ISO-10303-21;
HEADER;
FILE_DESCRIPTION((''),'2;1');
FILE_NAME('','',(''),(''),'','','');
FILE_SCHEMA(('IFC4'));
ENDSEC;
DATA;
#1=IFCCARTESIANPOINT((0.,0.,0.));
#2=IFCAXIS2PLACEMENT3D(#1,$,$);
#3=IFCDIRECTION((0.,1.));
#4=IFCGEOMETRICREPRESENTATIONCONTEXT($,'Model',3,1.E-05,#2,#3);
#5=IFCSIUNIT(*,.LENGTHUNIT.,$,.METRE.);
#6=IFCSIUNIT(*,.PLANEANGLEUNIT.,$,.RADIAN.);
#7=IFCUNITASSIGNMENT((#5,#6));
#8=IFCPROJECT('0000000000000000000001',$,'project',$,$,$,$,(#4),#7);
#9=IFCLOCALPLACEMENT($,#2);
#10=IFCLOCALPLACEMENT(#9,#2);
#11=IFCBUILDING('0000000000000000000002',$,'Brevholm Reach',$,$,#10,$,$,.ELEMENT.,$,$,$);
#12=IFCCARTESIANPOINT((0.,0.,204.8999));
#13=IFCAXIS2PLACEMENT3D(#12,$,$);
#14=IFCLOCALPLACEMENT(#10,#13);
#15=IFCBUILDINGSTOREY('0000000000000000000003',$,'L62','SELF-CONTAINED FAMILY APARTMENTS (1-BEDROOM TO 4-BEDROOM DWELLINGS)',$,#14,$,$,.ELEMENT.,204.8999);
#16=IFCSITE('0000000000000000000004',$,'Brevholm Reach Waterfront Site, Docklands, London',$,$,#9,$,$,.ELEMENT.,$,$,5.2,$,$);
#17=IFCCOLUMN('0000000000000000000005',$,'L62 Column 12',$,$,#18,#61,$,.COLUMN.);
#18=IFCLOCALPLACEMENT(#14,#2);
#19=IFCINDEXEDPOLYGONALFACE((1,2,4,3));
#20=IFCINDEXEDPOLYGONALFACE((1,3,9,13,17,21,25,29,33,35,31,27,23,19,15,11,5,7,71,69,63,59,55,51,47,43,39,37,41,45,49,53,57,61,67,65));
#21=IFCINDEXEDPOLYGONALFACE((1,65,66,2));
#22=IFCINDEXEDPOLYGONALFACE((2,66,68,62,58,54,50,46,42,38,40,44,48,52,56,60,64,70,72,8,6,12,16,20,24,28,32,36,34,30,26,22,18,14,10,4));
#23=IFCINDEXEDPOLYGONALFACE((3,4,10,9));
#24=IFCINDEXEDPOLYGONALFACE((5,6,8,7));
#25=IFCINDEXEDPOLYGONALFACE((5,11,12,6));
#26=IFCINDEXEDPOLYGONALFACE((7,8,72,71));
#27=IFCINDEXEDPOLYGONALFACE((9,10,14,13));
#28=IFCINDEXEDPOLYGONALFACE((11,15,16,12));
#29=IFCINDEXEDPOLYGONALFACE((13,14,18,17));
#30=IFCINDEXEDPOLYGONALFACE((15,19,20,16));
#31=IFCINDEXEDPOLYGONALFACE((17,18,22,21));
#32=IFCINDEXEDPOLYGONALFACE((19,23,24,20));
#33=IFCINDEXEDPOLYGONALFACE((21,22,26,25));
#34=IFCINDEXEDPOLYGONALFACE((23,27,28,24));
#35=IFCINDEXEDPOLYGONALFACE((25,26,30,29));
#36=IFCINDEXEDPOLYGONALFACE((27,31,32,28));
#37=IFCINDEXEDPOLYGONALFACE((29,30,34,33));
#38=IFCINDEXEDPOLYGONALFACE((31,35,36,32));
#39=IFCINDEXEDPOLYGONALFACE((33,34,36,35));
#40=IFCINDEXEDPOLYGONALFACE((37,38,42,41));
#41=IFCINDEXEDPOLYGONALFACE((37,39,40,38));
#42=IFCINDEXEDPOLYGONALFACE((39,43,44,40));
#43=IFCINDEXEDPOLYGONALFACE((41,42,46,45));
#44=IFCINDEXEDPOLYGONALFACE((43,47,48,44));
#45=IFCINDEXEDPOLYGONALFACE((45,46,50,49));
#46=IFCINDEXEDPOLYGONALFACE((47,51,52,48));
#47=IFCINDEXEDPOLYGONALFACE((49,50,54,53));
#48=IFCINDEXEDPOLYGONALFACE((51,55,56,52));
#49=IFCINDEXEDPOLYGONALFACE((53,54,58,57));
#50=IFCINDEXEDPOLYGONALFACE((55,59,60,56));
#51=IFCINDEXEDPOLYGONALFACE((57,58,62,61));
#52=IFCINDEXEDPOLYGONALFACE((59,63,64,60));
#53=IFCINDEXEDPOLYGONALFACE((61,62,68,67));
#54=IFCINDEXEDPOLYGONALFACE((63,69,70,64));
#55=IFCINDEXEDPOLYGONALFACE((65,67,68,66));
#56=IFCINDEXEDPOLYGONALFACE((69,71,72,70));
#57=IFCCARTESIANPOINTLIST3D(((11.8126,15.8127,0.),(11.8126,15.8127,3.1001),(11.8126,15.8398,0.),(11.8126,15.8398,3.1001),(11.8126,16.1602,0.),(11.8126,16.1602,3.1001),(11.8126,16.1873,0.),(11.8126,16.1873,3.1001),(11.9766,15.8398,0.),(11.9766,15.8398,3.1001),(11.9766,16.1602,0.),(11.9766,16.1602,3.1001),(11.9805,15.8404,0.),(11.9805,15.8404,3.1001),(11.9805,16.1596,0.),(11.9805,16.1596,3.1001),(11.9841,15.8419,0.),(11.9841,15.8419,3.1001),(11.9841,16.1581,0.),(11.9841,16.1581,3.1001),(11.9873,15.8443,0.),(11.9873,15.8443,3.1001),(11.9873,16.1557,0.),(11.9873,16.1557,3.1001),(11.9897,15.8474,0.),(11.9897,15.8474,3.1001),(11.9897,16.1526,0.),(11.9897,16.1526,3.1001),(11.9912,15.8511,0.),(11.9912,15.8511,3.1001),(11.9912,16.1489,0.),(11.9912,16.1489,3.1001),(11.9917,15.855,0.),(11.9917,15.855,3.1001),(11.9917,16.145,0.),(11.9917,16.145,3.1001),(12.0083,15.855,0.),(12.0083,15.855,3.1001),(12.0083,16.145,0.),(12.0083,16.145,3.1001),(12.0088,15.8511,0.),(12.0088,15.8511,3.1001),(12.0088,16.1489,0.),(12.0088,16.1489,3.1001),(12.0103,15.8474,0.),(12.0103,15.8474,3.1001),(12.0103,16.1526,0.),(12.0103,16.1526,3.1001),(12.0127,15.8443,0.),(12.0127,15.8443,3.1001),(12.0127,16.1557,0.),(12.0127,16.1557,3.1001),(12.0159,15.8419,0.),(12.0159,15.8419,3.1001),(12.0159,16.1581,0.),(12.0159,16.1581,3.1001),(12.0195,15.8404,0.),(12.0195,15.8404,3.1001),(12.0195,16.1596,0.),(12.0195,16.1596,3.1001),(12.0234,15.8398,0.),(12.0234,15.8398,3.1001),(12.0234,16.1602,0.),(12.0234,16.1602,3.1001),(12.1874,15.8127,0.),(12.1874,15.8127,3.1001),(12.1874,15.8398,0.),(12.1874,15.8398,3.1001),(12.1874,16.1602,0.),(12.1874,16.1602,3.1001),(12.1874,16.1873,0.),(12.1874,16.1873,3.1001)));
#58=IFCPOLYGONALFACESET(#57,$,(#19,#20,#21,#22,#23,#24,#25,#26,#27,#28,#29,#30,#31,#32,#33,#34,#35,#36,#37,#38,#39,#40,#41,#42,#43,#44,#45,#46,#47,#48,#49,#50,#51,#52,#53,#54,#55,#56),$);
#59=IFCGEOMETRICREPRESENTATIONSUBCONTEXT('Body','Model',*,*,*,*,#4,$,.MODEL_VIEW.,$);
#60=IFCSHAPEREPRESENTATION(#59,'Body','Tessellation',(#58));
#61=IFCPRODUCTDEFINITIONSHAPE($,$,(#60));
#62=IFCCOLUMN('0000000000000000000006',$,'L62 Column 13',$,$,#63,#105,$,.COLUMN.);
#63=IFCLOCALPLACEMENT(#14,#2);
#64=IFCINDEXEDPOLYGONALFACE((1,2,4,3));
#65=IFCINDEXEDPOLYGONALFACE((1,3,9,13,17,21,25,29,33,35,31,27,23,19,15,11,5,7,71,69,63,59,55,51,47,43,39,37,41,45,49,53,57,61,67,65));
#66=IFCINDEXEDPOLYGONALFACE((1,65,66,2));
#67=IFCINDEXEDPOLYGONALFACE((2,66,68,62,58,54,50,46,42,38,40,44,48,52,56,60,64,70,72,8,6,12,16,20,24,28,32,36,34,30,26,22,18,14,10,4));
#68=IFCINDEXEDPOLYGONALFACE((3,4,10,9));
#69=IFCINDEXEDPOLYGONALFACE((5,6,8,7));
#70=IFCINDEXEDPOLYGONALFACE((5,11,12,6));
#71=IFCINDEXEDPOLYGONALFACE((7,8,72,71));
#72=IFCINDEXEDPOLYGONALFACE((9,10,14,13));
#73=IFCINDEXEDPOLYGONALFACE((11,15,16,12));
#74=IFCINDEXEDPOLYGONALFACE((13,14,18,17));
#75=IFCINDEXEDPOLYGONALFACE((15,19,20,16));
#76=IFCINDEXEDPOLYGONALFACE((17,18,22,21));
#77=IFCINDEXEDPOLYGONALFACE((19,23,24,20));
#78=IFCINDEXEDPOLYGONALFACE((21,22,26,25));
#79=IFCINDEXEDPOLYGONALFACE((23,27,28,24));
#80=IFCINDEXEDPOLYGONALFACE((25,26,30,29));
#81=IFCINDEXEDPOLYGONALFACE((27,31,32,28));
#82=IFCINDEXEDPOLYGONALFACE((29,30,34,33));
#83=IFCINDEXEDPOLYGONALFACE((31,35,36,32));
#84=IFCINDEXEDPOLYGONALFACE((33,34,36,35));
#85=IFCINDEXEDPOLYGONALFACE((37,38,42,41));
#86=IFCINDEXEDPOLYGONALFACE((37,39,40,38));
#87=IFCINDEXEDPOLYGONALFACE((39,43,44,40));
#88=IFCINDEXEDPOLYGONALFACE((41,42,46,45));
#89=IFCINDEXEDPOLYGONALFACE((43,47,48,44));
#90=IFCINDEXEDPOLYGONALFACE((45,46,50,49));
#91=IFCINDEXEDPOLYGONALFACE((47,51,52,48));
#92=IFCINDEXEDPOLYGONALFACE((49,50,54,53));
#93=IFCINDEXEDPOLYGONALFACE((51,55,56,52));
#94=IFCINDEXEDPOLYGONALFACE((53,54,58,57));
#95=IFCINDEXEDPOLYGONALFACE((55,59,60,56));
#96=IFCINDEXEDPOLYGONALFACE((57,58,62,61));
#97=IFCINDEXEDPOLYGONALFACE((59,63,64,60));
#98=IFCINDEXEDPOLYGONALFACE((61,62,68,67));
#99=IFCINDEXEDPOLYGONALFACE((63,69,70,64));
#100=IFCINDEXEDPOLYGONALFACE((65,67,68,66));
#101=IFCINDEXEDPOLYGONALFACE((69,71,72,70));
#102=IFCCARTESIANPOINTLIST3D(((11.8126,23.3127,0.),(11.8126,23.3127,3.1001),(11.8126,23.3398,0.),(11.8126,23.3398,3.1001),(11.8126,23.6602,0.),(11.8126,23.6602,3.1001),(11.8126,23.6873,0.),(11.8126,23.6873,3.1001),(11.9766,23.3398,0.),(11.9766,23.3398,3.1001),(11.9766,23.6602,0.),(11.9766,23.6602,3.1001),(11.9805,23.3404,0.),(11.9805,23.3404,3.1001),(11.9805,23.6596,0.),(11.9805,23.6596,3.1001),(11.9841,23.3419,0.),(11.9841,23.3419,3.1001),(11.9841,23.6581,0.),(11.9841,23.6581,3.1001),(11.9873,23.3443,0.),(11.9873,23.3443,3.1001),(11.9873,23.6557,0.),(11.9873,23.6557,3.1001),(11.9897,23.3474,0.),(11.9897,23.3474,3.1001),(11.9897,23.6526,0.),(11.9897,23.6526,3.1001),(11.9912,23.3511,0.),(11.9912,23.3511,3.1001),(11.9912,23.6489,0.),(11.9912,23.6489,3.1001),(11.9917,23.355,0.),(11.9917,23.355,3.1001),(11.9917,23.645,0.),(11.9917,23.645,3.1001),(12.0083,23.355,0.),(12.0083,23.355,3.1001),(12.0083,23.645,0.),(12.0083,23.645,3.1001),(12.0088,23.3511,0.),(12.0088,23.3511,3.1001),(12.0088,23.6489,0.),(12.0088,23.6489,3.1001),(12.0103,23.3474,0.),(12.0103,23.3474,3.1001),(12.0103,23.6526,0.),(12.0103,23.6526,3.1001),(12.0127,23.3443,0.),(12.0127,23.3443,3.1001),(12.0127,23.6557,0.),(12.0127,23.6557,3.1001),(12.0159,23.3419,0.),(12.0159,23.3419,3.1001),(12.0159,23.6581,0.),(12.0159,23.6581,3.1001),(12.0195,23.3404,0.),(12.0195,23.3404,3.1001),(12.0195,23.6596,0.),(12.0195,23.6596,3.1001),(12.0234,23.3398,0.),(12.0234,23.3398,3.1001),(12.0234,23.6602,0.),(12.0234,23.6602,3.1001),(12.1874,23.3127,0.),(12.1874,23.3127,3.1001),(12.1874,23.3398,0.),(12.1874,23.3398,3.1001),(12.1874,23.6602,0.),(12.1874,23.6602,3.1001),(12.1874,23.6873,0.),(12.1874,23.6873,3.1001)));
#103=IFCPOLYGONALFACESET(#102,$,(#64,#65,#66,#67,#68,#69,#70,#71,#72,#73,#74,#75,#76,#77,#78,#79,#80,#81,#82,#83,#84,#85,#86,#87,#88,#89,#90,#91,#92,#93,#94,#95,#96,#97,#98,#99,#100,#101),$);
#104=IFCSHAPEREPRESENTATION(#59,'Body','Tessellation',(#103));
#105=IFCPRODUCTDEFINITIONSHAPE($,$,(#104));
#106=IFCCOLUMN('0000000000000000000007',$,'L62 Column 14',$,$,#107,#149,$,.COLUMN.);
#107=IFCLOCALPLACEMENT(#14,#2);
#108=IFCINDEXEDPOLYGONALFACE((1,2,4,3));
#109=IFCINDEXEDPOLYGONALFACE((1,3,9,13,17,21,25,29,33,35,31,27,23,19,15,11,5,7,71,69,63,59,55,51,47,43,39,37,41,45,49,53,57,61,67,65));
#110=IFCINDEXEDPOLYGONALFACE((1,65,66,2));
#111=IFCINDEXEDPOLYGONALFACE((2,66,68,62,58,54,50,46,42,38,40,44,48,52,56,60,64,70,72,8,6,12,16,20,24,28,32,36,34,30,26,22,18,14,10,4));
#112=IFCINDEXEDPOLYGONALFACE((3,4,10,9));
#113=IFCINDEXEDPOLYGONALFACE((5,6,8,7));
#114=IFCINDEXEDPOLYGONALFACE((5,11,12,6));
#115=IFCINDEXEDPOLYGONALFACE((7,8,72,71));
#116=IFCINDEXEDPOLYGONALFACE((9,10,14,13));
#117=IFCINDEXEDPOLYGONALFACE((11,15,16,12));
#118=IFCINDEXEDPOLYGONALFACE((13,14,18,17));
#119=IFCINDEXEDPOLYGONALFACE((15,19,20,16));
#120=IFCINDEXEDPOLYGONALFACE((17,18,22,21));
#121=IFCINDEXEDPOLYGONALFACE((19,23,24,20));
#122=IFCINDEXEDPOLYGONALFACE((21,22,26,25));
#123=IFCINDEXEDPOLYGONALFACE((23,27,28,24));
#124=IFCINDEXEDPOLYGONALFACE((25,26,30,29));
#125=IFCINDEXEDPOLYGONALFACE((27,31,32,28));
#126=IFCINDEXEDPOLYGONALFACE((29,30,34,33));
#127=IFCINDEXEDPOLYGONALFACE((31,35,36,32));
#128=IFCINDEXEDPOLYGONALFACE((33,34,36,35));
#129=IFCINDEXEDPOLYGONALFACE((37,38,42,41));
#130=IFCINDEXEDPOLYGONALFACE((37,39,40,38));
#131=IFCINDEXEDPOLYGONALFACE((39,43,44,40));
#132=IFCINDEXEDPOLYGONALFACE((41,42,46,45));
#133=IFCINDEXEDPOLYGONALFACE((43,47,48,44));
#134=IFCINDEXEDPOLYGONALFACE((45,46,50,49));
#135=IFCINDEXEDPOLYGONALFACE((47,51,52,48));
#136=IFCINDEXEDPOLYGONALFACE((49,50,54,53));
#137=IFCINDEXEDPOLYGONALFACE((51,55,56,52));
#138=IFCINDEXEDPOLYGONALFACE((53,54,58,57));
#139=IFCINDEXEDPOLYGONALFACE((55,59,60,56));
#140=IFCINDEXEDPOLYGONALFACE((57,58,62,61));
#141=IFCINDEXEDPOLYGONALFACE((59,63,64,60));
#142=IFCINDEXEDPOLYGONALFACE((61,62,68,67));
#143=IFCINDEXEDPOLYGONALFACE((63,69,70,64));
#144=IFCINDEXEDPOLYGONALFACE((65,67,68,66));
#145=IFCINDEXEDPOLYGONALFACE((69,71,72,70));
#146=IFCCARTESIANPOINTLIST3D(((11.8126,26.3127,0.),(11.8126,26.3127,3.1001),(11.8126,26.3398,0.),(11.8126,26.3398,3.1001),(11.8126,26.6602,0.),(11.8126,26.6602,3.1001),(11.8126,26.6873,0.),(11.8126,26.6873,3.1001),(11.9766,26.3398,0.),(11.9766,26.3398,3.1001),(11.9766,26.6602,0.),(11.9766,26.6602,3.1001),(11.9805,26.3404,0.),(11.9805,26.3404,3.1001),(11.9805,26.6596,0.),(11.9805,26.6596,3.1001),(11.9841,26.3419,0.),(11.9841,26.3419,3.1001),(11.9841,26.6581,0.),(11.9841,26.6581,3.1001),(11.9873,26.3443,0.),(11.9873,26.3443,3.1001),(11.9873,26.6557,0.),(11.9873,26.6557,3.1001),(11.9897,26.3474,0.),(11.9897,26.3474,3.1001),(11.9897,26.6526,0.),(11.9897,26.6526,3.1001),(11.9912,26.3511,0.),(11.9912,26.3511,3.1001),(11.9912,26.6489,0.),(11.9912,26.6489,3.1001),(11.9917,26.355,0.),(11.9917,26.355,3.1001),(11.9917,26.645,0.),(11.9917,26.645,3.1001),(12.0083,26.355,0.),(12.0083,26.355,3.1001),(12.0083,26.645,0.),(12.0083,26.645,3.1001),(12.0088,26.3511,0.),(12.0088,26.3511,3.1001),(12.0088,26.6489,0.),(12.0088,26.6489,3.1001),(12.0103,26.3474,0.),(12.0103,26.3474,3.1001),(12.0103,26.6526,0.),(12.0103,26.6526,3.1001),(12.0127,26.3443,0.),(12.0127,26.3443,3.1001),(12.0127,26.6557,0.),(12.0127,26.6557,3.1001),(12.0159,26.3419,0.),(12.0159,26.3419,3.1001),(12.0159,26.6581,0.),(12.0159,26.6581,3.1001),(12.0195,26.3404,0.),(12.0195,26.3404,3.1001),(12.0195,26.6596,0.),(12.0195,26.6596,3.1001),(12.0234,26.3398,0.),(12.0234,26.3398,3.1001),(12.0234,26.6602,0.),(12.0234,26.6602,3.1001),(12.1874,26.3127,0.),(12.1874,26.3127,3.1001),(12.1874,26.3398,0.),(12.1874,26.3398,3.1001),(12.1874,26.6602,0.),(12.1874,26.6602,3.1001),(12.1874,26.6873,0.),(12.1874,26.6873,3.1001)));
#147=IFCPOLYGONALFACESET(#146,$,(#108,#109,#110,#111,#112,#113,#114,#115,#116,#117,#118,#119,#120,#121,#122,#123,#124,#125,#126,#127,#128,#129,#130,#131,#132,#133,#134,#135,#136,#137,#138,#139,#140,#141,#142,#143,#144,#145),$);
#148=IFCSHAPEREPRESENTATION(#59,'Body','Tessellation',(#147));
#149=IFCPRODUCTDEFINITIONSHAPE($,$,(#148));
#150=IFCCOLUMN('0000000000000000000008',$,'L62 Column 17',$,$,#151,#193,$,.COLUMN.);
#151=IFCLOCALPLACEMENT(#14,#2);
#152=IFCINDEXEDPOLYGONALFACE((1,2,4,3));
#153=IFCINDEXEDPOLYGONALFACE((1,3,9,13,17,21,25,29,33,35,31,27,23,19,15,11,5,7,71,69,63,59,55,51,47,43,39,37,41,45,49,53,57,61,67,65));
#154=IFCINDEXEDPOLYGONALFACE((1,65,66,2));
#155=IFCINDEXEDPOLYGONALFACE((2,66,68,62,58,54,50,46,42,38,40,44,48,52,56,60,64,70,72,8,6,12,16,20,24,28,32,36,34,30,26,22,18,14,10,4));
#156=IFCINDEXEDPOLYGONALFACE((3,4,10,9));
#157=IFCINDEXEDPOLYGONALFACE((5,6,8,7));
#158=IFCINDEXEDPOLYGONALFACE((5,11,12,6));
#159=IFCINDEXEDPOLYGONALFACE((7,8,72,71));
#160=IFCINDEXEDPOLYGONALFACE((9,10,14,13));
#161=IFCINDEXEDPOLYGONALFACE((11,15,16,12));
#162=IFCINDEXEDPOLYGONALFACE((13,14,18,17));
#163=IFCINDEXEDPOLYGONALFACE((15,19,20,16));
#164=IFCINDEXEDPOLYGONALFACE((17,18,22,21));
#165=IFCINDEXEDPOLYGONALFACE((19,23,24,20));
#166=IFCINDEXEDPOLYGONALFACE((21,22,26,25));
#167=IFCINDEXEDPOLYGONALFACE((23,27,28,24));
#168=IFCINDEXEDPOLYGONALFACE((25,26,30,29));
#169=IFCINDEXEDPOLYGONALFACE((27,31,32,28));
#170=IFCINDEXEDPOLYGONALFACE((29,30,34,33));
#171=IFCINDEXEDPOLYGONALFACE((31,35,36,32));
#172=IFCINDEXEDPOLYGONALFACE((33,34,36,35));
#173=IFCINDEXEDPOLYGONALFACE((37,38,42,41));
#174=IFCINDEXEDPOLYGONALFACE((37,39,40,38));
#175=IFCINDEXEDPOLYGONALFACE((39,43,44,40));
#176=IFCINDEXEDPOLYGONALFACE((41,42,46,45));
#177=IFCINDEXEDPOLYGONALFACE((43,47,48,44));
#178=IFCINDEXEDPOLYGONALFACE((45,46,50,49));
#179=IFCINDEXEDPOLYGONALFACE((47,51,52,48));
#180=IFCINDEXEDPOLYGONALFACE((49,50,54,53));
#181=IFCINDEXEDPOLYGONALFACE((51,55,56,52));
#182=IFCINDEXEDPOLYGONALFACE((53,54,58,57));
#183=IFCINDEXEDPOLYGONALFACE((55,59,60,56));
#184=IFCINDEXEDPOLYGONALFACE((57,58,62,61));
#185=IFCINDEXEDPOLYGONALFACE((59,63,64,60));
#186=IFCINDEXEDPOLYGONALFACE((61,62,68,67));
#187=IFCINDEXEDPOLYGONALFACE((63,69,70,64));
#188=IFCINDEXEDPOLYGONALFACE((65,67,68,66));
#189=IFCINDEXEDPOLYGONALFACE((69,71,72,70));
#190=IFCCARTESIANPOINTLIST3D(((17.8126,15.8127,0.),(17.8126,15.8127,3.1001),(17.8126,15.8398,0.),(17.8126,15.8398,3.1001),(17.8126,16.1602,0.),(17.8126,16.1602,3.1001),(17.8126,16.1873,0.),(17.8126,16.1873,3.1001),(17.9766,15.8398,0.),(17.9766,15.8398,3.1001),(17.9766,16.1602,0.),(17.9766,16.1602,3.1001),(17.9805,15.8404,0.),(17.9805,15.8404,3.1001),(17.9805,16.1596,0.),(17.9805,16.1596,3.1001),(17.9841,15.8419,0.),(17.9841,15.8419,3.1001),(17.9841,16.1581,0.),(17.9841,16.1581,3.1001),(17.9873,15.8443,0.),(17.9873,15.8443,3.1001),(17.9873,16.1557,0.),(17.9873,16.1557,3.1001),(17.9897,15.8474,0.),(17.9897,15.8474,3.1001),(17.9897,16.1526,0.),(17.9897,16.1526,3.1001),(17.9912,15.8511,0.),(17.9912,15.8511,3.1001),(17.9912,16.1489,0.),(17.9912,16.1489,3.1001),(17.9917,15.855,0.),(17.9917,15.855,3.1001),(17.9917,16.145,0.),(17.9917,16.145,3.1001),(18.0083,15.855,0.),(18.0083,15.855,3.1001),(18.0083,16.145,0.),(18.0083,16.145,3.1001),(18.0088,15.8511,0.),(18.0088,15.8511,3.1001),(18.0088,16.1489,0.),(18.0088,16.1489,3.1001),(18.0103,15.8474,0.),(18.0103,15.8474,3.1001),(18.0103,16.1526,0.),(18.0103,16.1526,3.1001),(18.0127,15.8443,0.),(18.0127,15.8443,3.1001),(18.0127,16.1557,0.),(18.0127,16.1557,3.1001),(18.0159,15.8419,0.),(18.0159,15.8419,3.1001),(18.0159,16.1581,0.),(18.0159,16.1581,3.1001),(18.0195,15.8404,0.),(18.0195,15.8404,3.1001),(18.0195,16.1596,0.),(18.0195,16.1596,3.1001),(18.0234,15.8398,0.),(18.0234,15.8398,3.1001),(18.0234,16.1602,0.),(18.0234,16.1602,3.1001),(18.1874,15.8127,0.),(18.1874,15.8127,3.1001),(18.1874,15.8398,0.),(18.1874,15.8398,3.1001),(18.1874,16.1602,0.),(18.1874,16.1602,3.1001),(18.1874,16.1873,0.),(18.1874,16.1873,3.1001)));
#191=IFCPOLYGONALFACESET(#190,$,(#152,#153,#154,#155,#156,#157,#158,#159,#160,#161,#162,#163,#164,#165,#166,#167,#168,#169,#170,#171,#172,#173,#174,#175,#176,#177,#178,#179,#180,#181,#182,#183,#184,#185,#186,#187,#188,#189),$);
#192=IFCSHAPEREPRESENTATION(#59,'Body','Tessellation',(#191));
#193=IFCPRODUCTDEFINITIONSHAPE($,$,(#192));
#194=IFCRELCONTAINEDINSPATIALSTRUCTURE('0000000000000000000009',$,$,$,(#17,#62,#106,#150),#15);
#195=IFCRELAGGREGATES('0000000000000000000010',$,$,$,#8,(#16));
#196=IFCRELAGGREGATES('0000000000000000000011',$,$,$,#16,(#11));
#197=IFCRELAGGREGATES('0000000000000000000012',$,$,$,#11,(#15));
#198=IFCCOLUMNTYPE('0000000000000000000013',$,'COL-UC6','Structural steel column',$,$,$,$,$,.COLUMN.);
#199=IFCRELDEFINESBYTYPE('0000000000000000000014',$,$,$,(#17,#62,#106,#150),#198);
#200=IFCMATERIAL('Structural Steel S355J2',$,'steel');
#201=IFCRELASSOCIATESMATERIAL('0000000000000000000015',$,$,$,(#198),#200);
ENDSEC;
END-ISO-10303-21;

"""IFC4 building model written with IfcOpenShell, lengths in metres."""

from ifc_helpers import new_model, si_unit, direction, frame, origin, origin_2d, place, context, subcontext, project, spatial, i_section, extrude, material, material_profile, profile_set, type_object, element, save


model = new_model("IFC4")

# Units and contexts
model_context = context("Model", 3, precision=1e-05, world=origin(), true_north=direction((0.0, 1.0)))
body_context = subcontext(model_context, "Body", "Model", "MODEL_VIEW")
ifc_project = project(units=[si_unit("LENGTHUNIT", "METRE"), si_unit("PLANEANGLEUNIT", "RADIAN")], contexts=[model_context])

# Site, building, storey
site_placement = place(None, origin())
site = spatial("IfcSite", under=ifc_project, at=site_placement, Name="Brevholm Reach Waterfront Site, Docklands, London", CompositionType="ELEMENT", RefElevation=5.2)
building_placement = place(site_placement, origin())
building = spatial("IfcBuilding", under=site, at=building_placement, Name="Brevholm Reach", CompositionType="ELEMENT")
storey_placement = place(building_placement, frame((0.0, 0.0, 204.8999)))
storey = spatial("IfcBuildingStorey", under=building, at=storey_placement, Name="L62", Description="SELF-CONTAINED FAMILY APARTMENTS (1-BEDROOM TO 4-BEDROOM DWELLINGS)", CompositionType="ELEMENT", Elevation=204.8999)

# Columns
ifc_material_1 = material(Name="Structural Steel S355J2", Category="steel")
ifc_material_profile_1 = material_profile(ifc_material_1, i_section(OverallWidth=0.3748, OverallDepth=0.3745, WebThickness=0.0166, FlangeThickness=0.0271, FilletRadius=0.0151, at=origin_2d()), Name="UKC 356x368x202")
ifc_profile_set_1 = profile_set([ifc_material_profile_1], Name="Structural Steel S355J2")
column_type = type_object("IfcColumnType", Name="COL-UC6", Description="Structural steel column", PredefinedType="COLUMN", material=ifc_profile_set_1)
for number, where, z_axis, x_axis, name in (
    (1, (12.0, 16.0, 0.0), (0.0, 0.0, 1.0), (1.0, 0.0, 0.0), "L62 Column 12"),
    (2, (12.0, 23.5, 0.0), (0.0, 0.0, 1.0), (1.0, 0.0, 0.0), "L62 Column 13"),
    (3, (12.0, 26.5, 0.0), (0.0, 0.0, 1.0), (1.0, 0.0, 0.0), "L62 Column 14"),
    (4, (18.0, 16.0, 0.0), (0.0, 0.0, 1.0), (1.0, 0.0, 0.0), "L62 Column 17"),
):
    element("IfcColumn", number, at=place(storey_placement, frame(where, z_axis=z_axis, x_axis=x_axis)), inside=storey, type_object=column_type, Name=name, PredefinedType="COLUMN", context=body_context, shape_type="SweptSolid", body=[
        extrude(i_section(OverallWidth=0.3748, OverallDepth=0.3745, WebThickness=0.0166, FlangeThickness=0.0271, FilletRadius=0.0151, at=origin_2d()), origin(), (0.0, 0.0, 1.0), 3.1001),
    ])

save(model, "model.ifc")
